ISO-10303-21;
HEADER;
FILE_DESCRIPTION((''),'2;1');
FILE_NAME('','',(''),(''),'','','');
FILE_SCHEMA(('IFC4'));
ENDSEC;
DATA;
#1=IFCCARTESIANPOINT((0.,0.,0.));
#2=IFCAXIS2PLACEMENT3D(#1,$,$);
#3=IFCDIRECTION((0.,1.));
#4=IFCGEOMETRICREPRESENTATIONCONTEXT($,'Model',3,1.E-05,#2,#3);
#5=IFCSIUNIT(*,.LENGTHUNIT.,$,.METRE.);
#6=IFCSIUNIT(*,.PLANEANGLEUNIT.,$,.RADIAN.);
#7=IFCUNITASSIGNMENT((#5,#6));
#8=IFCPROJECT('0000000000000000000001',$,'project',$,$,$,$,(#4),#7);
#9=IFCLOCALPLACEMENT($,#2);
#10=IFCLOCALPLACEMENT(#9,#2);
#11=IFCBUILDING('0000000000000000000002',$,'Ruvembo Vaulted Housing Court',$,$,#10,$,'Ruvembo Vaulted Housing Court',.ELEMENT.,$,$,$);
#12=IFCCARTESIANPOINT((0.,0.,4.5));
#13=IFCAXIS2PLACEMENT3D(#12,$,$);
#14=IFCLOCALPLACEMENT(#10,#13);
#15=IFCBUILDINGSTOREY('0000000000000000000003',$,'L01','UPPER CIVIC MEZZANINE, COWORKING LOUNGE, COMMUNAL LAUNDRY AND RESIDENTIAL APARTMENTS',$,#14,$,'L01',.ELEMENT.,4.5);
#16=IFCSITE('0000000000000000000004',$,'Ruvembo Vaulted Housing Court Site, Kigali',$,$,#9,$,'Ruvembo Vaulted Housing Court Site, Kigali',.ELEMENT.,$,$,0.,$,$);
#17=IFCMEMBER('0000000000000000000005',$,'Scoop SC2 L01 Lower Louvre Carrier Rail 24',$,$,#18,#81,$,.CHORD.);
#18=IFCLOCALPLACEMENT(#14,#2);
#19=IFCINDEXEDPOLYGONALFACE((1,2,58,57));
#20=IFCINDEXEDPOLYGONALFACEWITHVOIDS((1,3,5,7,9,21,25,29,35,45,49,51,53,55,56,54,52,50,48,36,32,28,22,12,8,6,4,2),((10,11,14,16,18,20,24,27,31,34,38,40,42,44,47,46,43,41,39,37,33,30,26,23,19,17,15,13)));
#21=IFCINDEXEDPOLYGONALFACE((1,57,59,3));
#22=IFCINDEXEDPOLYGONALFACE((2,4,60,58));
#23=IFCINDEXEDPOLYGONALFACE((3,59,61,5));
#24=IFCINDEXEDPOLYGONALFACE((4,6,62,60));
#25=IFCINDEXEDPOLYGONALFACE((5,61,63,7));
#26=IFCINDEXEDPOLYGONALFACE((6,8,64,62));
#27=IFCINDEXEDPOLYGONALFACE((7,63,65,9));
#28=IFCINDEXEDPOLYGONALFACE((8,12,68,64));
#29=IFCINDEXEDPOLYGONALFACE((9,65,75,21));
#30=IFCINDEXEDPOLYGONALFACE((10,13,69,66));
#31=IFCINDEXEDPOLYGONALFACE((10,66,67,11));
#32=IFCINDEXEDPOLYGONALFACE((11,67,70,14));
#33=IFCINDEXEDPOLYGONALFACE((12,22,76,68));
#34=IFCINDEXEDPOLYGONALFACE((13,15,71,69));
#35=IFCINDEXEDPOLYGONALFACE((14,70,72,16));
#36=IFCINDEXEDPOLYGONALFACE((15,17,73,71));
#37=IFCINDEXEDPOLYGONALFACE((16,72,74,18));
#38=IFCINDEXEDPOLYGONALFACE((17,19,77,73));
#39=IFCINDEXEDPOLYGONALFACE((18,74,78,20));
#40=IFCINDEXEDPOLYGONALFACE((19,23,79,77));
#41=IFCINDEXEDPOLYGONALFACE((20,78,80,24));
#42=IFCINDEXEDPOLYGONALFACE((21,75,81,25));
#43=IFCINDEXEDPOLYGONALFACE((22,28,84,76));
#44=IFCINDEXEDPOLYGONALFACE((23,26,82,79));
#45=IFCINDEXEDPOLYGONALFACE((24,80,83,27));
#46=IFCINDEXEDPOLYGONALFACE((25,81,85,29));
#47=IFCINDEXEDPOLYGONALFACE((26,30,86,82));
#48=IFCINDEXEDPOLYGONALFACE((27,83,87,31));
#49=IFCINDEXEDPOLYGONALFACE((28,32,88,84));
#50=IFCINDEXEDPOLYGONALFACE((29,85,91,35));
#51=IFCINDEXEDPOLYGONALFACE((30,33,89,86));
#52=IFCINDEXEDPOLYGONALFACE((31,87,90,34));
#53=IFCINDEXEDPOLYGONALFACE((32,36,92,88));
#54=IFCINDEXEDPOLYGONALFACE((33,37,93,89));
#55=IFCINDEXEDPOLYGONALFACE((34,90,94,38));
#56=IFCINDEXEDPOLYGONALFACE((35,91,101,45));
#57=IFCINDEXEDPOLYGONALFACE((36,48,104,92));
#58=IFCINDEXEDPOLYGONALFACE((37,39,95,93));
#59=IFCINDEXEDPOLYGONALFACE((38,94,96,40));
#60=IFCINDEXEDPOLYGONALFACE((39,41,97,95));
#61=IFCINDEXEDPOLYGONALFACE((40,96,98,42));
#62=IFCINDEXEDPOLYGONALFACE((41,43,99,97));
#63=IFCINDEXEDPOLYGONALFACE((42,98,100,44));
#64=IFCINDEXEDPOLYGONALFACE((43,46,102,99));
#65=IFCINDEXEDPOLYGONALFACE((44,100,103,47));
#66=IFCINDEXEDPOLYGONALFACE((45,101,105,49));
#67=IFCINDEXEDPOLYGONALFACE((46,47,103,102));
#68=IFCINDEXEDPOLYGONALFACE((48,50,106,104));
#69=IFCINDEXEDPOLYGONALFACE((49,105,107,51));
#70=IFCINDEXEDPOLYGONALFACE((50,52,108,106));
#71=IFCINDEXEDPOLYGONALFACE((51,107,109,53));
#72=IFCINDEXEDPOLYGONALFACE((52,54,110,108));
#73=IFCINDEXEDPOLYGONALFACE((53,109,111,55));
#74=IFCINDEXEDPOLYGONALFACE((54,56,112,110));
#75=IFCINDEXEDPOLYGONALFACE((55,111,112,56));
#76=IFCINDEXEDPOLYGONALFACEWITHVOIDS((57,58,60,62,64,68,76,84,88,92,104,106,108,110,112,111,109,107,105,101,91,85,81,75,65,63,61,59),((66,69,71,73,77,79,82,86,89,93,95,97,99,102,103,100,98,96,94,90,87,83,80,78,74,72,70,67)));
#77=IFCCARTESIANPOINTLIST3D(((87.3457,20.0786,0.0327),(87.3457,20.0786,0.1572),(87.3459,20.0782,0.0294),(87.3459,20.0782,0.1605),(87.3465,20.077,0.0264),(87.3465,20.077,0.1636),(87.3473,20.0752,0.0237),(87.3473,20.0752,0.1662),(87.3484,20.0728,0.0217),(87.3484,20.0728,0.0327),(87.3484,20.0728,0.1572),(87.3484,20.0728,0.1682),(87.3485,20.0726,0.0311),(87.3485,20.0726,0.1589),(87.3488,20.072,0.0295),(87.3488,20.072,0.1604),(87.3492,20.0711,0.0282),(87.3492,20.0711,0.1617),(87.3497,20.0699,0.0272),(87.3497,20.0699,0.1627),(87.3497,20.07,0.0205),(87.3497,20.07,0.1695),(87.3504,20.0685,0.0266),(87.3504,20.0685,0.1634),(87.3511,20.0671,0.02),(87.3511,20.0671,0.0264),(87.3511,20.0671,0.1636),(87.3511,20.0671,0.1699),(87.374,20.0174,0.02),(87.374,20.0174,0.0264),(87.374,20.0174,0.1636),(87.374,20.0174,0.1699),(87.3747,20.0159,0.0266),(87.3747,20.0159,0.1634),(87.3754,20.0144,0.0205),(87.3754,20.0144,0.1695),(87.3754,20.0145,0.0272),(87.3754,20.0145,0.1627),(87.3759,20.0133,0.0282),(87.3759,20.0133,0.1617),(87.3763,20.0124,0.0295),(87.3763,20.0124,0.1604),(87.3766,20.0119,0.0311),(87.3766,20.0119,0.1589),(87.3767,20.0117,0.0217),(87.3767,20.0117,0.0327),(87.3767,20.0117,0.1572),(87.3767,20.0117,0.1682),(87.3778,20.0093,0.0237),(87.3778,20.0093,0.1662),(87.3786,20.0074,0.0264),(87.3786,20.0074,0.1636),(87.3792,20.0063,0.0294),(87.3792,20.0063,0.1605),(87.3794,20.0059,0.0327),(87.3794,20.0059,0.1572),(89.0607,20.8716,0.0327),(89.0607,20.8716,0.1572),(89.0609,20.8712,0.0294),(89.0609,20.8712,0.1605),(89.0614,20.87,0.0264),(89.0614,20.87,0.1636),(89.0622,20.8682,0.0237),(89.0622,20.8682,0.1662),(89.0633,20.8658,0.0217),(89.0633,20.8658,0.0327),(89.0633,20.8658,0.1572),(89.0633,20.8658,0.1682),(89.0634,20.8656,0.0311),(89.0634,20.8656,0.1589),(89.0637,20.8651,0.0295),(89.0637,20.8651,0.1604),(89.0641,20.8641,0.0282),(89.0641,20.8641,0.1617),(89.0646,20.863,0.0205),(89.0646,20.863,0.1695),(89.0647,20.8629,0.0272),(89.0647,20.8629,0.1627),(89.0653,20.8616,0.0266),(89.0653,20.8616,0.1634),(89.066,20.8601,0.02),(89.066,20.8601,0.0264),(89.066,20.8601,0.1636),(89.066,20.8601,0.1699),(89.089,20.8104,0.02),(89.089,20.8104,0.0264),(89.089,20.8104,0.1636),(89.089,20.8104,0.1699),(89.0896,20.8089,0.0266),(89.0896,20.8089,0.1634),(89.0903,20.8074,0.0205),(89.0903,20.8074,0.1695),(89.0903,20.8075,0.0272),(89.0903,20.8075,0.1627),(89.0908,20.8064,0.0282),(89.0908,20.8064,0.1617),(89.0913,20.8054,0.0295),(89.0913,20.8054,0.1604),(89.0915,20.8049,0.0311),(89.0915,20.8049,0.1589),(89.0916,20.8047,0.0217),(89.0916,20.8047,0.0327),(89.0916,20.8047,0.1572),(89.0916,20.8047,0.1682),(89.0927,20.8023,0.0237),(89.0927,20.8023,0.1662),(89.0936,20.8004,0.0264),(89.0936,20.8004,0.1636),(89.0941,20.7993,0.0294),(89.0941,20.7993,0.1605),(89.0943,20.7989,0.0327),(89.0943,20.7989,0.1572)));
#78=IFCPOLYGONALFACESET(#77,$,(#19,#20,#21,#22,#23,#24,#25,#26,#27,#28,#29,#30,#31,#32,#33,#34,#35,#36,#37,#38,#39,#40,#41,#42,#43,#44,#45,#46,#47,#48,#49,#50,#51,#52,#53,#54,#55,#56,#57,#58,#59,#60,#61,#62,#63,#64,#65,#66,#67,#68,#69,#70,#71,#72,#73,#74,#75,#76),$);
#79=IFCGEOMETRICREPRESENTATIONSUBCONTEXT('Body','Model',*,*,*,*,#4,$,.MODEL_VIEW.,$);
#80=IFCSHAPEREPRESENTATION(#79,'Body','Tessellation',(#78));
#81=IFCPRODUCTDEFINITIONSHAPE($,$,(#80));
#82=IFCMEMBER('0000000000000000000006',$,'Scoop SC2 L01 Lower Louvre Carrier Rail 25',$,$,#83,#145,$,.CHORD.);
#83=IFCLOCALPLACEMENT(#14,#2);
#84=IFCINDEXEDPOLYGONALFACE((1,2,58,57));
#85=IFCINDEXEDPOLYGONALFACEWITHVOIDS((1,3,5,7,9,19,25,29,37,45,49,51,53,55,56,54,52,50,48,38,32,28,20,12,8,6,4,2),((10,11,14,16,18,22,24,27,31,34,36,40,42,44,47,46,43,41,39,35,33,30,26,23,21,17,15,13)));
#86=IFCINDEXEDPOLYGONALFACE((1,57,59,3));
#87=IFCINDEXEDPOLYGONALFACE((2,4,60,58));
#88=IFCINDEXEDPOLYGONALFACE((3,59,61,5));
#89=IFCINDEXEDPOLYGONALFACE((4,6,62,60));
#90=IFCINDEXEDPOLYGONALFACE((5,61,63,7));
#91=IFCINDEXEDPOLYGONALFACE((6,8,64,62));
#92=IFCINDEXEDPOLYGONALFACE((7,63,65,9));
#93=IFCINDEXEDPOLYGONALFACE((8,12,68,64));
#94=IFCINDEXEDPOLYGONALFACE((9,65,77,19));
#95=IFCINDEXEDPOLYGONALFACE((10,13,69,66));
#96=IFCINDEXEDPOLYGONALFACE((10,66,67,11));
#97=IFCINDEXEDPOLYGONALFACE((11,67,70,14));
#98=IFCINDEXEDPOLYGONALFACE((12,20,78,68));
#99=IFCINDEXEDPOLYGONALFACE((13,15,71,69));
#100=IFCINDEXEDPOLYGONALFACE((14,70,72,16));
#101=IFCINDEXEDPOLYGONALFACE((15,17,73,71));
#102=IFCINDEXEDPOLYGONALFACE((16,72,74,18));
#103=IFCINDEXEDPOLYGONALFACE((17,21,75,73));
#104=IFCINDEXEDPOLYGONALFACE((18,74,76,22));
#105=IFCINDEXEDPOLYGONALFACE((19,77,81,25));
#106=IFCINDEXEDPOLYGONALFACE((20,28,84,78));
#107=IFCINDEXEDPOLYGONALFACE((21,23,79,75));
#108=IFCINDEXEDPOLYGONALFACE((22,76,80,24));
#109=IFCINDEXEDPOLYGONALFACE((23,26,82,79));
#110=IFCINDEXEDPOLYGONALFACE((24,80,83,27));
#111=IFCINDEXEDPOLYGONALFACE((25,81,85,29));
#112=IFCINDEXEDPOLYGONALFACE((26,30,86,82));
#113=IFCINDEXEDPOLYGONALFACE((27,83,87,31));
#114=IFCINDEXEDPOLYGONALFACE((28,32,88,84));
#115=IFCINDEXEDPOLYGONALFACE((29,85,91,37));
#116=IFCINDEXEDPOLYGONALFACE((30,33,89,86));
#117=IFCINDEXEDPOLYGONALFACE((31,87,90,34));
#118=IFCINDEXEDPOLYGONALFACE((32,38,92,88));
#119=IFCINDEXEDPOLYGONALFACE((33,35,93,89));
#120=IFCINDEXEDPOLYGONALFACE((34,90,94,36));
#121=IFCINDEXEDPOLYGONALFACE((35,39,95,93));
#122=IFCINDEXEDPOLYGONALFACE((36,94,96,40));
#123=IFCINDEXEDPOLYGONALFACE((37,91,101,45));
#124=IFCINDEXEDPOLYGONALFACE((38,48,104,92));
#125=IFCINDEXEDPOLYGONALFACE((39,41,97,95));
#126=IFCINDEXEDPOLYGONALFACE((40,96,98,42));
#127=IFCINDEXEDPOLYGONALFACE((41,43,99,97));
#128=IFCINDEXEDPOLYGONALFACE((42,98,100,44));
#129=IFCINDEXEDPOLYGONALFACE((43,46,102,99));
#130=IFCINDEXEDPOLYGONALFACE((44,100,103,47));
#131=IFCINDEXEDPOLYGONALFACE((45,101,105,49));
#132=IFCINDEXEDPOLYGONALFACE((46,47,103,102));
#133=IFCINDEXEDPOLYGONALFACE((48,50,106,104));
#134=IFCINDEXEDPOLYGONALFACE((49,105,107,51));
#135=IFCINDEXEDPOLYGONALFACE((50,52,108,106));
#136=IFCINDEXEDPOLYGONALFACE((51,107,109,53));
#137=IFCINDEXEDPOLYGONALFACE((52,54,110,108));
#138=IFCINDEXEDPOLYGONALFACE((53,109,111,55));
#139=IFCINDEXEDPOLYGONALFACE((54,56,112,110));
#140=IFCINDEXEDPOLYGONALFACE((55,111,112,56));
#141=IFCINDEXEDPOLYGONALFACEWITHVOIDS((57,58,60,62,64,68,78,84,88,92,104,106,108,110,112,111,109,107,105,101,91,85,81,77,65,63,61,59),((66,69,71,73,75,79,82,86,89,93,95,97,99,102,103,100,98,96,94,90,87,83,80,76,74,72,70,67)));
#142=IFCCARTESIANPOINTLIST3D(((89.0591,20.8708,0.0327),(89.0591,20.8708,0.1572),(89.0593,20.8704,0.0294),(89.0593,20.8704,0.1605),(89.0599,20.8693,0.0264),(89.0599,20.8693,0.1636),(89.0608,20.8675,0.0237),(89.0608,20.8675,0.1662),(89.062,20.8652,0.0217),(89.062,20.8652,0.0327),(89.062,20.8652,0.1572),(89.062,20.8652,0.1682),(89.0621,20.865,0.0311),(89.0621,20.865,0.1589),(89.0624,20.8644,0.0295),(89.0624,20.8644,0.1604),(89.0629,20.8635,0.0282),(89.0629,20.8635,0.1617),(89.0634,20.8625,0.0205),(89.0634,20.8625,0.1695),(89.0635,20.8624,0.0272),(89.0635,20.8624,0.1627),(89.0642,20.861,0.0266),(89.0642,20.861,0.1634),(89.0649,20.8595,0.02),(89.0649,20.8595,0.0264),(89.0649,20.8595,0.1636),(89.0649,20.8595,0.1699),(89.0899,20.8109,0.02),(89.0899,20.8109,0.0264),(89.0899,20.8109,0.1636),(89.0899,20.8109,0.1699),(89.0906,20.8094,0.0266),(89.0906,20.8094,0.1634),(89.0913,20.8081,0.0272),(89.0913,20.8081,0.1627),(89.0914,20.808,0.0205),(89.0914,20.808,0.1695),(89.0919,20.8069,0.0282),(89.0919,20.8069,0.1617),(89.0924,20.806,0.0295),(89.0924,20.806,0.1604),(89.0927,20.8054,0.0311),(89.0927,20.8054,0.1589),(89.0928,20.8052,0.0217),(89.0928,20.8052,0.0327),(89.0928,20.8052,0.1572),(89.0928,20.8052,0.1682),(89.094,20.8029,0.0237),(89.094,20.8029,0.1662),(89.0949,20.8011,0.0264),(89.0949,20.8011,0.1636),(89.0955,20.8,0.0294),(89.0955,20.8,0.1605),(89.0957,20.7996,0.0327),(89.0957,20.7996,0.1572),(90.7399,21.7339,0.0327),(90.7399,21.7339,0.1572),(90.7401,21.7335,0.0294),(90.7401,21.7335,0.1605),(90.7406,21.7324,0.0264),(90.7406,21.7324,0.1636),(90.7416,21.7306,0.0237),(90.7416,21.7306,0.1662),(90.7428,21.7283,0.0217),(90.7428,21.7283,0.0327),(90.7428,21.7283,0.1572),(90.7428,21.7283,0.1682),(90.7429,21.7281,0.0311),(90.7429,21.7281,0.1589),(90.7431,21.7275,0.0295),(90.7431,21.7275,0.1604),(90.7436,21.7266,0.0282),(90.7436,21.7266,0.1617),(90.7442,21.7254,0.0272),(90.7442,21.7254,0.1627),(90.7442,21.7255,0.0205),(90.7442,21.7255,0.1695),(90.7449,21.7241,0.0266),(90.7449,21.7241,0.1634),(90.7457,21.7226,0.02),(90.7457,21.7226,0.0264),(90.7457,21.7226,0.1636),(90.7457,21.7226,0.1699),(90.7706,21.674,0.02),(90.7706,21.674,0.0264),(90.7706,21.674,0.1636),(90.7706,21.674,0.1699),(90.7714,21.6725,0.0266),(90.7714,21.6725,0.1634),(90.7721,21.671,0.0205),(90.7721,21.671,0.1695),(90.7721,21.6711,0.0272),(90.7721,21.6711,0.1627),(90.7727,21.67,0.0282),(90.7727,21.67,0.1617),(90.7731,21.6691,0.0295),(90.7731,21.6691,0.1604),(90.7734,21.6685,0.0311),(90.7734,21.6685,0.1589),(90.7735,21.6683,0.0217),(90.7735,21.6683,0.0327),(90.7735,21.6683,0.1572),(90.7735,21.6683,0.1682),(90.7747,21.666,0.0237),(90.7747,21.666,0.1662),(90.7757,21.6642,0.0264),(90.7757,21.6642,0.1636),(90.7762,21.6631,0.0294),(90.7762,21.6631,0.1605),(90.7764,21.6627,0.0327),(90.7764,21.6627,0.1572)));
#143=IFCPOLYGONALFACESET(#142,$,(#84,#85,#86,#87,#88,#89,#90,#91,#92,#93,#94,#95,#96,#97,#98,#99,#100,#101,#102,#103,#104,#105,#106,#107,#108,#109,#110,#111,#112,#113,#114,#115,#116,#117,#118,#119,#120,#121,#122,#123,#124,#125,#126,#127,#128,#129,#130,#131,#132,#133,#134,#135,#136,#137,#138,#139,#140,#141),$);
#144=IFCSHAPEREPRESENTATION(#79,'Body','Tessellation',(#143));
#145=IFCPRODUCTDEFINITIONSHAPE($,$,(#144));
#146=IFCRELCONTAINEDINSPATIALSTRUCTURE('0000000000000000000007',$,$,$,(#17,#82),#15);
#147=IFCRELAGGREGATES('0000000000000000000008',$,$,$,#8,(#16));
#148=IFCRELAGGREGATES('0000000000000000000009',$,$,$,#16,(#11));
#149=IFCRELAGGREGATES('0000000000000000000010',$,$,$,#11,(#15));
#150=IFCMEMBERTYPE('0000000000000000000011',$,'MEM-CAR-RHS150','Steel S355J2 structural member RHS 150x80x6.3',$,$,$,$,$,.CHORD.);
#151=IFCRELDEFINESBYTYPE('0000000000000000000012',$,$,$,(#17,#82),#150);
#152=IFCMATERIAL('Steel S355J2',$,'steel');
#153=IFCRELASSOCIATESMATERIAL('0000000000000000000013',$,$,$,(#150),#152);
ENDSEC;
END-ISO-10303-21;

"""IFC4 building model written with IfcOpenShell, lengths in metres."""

from ifc_helpers import new_model, si_unit, direction, frame, origin, origin_2d, place, context, subcontext, project, spatial, hollow_rectangle, extrude, material, material_profile, profile_set, type_object, element, save


model = new_model("IFC4")

# Units and contexts
model_context = context("Model", 3, precision=1e-05, world=origin(), true_north=direction((0.0, 1.0)))
body_context = subcontext(model_context, "Body", "Model", "MODEL_VIEW")
ifc_project = project(units=[si_unit("LENGTHUNIT", "METRE"), si_unit("PLANEANGLEUNIT", "RADIAN")], contexts=[model_context])

# Site, building, storey
site_placement = place(None, origin())
site = spatial("IfcSite", under=ifc_project, at=site_placement, Name="Ruvembo Vaulted Housing Court Site, Kigali", LongName="Ruvembo Vaulted Housing Court Site, Kigali", CompositionType="ELEMENT", RefElevation=0.0)
building_placement = place(site_placement, origin())
building = spatial("IfcBuilding", under=site, at=building_placement, Name="Ruvembo Vaulted Housing Court", LongName="Ruvembo Vaulted Housing Court", CompositionType="ELEMENT")
storey_placement = place(building_placement, frame((0.0, 0.0, 4.5)))
storey = spatial("IfcBuildingStorey", under=building, at=storey_placement, Name="L01", Description="UPPER CIVIC MEZZANINE, COWORKING LOUNGE, COMMUNAL LAUNDRY AND RESIDENTIAL APARTMENTS", LongName="L01", CompositionType="ELEMENT", Elevation=4.5)

# Shared definitions
ifc_material_1 = material(Name="Steel S355J2", Category="steel")

# Members
ifc_material_profile_1 = material_profile(ifc_material_1, hollow_rectangle(XDim=0.0801, YDim=0.1499, WallThickness=0.0063, InnerFilletRadius=0.0063, OuterFilletRadius=0.0127, at=origin_2d()), Name="RHS 150x80x6.3")
ifc_profile_set_1 = profile_set([ifc_material_profile_1], Name="Steel S355J2")
member_type_1 = type_object("IfcMemberType", Name="MEM-CAR-RHS150", Description="Steel S355J2 structural member RHS 150x80x6.3", PredefinedType="CHORD", material=ifc_profile_set_1)
for number, where, z_axis, x_axis, name in (
    (1, (87.3625, 20.0422, 0.095), (0.907657, 0.419714, 0.0), (-0.419714, 0.907657, 0.0), "Scoop SC2 L01 Lower Louvre Carrier Rail 24"),
    (2, (89.0774, 20.8352, 0.095), (0.889568, 0.456802, 0.0), (-0.456802, 0.889568, 0.0), "Scoop SC2 L01 Lower Louvre Carrier Rail 25"),
):
    element("IfcMember", number, at=place(storey_placement, frame(where, z_axis=z_axis, x_axis=x_axis)), inside=storey, type_object=member_type_1, Name=name, PredefinedType="CHORD", context=body_context, shape_type="SweptSolid", body=[
        extrude(hollow_rectangle(XDim=0.0801, YDim=0.1499, WallThickness=0.0063, InnerFilletRadius=0.0063, OuterFilletRadius=0.0127, at=origin_2d()), origin(), (0.0, 0.0, 1.0), 1.8894),
    ])

save(model, "model.ifc")
